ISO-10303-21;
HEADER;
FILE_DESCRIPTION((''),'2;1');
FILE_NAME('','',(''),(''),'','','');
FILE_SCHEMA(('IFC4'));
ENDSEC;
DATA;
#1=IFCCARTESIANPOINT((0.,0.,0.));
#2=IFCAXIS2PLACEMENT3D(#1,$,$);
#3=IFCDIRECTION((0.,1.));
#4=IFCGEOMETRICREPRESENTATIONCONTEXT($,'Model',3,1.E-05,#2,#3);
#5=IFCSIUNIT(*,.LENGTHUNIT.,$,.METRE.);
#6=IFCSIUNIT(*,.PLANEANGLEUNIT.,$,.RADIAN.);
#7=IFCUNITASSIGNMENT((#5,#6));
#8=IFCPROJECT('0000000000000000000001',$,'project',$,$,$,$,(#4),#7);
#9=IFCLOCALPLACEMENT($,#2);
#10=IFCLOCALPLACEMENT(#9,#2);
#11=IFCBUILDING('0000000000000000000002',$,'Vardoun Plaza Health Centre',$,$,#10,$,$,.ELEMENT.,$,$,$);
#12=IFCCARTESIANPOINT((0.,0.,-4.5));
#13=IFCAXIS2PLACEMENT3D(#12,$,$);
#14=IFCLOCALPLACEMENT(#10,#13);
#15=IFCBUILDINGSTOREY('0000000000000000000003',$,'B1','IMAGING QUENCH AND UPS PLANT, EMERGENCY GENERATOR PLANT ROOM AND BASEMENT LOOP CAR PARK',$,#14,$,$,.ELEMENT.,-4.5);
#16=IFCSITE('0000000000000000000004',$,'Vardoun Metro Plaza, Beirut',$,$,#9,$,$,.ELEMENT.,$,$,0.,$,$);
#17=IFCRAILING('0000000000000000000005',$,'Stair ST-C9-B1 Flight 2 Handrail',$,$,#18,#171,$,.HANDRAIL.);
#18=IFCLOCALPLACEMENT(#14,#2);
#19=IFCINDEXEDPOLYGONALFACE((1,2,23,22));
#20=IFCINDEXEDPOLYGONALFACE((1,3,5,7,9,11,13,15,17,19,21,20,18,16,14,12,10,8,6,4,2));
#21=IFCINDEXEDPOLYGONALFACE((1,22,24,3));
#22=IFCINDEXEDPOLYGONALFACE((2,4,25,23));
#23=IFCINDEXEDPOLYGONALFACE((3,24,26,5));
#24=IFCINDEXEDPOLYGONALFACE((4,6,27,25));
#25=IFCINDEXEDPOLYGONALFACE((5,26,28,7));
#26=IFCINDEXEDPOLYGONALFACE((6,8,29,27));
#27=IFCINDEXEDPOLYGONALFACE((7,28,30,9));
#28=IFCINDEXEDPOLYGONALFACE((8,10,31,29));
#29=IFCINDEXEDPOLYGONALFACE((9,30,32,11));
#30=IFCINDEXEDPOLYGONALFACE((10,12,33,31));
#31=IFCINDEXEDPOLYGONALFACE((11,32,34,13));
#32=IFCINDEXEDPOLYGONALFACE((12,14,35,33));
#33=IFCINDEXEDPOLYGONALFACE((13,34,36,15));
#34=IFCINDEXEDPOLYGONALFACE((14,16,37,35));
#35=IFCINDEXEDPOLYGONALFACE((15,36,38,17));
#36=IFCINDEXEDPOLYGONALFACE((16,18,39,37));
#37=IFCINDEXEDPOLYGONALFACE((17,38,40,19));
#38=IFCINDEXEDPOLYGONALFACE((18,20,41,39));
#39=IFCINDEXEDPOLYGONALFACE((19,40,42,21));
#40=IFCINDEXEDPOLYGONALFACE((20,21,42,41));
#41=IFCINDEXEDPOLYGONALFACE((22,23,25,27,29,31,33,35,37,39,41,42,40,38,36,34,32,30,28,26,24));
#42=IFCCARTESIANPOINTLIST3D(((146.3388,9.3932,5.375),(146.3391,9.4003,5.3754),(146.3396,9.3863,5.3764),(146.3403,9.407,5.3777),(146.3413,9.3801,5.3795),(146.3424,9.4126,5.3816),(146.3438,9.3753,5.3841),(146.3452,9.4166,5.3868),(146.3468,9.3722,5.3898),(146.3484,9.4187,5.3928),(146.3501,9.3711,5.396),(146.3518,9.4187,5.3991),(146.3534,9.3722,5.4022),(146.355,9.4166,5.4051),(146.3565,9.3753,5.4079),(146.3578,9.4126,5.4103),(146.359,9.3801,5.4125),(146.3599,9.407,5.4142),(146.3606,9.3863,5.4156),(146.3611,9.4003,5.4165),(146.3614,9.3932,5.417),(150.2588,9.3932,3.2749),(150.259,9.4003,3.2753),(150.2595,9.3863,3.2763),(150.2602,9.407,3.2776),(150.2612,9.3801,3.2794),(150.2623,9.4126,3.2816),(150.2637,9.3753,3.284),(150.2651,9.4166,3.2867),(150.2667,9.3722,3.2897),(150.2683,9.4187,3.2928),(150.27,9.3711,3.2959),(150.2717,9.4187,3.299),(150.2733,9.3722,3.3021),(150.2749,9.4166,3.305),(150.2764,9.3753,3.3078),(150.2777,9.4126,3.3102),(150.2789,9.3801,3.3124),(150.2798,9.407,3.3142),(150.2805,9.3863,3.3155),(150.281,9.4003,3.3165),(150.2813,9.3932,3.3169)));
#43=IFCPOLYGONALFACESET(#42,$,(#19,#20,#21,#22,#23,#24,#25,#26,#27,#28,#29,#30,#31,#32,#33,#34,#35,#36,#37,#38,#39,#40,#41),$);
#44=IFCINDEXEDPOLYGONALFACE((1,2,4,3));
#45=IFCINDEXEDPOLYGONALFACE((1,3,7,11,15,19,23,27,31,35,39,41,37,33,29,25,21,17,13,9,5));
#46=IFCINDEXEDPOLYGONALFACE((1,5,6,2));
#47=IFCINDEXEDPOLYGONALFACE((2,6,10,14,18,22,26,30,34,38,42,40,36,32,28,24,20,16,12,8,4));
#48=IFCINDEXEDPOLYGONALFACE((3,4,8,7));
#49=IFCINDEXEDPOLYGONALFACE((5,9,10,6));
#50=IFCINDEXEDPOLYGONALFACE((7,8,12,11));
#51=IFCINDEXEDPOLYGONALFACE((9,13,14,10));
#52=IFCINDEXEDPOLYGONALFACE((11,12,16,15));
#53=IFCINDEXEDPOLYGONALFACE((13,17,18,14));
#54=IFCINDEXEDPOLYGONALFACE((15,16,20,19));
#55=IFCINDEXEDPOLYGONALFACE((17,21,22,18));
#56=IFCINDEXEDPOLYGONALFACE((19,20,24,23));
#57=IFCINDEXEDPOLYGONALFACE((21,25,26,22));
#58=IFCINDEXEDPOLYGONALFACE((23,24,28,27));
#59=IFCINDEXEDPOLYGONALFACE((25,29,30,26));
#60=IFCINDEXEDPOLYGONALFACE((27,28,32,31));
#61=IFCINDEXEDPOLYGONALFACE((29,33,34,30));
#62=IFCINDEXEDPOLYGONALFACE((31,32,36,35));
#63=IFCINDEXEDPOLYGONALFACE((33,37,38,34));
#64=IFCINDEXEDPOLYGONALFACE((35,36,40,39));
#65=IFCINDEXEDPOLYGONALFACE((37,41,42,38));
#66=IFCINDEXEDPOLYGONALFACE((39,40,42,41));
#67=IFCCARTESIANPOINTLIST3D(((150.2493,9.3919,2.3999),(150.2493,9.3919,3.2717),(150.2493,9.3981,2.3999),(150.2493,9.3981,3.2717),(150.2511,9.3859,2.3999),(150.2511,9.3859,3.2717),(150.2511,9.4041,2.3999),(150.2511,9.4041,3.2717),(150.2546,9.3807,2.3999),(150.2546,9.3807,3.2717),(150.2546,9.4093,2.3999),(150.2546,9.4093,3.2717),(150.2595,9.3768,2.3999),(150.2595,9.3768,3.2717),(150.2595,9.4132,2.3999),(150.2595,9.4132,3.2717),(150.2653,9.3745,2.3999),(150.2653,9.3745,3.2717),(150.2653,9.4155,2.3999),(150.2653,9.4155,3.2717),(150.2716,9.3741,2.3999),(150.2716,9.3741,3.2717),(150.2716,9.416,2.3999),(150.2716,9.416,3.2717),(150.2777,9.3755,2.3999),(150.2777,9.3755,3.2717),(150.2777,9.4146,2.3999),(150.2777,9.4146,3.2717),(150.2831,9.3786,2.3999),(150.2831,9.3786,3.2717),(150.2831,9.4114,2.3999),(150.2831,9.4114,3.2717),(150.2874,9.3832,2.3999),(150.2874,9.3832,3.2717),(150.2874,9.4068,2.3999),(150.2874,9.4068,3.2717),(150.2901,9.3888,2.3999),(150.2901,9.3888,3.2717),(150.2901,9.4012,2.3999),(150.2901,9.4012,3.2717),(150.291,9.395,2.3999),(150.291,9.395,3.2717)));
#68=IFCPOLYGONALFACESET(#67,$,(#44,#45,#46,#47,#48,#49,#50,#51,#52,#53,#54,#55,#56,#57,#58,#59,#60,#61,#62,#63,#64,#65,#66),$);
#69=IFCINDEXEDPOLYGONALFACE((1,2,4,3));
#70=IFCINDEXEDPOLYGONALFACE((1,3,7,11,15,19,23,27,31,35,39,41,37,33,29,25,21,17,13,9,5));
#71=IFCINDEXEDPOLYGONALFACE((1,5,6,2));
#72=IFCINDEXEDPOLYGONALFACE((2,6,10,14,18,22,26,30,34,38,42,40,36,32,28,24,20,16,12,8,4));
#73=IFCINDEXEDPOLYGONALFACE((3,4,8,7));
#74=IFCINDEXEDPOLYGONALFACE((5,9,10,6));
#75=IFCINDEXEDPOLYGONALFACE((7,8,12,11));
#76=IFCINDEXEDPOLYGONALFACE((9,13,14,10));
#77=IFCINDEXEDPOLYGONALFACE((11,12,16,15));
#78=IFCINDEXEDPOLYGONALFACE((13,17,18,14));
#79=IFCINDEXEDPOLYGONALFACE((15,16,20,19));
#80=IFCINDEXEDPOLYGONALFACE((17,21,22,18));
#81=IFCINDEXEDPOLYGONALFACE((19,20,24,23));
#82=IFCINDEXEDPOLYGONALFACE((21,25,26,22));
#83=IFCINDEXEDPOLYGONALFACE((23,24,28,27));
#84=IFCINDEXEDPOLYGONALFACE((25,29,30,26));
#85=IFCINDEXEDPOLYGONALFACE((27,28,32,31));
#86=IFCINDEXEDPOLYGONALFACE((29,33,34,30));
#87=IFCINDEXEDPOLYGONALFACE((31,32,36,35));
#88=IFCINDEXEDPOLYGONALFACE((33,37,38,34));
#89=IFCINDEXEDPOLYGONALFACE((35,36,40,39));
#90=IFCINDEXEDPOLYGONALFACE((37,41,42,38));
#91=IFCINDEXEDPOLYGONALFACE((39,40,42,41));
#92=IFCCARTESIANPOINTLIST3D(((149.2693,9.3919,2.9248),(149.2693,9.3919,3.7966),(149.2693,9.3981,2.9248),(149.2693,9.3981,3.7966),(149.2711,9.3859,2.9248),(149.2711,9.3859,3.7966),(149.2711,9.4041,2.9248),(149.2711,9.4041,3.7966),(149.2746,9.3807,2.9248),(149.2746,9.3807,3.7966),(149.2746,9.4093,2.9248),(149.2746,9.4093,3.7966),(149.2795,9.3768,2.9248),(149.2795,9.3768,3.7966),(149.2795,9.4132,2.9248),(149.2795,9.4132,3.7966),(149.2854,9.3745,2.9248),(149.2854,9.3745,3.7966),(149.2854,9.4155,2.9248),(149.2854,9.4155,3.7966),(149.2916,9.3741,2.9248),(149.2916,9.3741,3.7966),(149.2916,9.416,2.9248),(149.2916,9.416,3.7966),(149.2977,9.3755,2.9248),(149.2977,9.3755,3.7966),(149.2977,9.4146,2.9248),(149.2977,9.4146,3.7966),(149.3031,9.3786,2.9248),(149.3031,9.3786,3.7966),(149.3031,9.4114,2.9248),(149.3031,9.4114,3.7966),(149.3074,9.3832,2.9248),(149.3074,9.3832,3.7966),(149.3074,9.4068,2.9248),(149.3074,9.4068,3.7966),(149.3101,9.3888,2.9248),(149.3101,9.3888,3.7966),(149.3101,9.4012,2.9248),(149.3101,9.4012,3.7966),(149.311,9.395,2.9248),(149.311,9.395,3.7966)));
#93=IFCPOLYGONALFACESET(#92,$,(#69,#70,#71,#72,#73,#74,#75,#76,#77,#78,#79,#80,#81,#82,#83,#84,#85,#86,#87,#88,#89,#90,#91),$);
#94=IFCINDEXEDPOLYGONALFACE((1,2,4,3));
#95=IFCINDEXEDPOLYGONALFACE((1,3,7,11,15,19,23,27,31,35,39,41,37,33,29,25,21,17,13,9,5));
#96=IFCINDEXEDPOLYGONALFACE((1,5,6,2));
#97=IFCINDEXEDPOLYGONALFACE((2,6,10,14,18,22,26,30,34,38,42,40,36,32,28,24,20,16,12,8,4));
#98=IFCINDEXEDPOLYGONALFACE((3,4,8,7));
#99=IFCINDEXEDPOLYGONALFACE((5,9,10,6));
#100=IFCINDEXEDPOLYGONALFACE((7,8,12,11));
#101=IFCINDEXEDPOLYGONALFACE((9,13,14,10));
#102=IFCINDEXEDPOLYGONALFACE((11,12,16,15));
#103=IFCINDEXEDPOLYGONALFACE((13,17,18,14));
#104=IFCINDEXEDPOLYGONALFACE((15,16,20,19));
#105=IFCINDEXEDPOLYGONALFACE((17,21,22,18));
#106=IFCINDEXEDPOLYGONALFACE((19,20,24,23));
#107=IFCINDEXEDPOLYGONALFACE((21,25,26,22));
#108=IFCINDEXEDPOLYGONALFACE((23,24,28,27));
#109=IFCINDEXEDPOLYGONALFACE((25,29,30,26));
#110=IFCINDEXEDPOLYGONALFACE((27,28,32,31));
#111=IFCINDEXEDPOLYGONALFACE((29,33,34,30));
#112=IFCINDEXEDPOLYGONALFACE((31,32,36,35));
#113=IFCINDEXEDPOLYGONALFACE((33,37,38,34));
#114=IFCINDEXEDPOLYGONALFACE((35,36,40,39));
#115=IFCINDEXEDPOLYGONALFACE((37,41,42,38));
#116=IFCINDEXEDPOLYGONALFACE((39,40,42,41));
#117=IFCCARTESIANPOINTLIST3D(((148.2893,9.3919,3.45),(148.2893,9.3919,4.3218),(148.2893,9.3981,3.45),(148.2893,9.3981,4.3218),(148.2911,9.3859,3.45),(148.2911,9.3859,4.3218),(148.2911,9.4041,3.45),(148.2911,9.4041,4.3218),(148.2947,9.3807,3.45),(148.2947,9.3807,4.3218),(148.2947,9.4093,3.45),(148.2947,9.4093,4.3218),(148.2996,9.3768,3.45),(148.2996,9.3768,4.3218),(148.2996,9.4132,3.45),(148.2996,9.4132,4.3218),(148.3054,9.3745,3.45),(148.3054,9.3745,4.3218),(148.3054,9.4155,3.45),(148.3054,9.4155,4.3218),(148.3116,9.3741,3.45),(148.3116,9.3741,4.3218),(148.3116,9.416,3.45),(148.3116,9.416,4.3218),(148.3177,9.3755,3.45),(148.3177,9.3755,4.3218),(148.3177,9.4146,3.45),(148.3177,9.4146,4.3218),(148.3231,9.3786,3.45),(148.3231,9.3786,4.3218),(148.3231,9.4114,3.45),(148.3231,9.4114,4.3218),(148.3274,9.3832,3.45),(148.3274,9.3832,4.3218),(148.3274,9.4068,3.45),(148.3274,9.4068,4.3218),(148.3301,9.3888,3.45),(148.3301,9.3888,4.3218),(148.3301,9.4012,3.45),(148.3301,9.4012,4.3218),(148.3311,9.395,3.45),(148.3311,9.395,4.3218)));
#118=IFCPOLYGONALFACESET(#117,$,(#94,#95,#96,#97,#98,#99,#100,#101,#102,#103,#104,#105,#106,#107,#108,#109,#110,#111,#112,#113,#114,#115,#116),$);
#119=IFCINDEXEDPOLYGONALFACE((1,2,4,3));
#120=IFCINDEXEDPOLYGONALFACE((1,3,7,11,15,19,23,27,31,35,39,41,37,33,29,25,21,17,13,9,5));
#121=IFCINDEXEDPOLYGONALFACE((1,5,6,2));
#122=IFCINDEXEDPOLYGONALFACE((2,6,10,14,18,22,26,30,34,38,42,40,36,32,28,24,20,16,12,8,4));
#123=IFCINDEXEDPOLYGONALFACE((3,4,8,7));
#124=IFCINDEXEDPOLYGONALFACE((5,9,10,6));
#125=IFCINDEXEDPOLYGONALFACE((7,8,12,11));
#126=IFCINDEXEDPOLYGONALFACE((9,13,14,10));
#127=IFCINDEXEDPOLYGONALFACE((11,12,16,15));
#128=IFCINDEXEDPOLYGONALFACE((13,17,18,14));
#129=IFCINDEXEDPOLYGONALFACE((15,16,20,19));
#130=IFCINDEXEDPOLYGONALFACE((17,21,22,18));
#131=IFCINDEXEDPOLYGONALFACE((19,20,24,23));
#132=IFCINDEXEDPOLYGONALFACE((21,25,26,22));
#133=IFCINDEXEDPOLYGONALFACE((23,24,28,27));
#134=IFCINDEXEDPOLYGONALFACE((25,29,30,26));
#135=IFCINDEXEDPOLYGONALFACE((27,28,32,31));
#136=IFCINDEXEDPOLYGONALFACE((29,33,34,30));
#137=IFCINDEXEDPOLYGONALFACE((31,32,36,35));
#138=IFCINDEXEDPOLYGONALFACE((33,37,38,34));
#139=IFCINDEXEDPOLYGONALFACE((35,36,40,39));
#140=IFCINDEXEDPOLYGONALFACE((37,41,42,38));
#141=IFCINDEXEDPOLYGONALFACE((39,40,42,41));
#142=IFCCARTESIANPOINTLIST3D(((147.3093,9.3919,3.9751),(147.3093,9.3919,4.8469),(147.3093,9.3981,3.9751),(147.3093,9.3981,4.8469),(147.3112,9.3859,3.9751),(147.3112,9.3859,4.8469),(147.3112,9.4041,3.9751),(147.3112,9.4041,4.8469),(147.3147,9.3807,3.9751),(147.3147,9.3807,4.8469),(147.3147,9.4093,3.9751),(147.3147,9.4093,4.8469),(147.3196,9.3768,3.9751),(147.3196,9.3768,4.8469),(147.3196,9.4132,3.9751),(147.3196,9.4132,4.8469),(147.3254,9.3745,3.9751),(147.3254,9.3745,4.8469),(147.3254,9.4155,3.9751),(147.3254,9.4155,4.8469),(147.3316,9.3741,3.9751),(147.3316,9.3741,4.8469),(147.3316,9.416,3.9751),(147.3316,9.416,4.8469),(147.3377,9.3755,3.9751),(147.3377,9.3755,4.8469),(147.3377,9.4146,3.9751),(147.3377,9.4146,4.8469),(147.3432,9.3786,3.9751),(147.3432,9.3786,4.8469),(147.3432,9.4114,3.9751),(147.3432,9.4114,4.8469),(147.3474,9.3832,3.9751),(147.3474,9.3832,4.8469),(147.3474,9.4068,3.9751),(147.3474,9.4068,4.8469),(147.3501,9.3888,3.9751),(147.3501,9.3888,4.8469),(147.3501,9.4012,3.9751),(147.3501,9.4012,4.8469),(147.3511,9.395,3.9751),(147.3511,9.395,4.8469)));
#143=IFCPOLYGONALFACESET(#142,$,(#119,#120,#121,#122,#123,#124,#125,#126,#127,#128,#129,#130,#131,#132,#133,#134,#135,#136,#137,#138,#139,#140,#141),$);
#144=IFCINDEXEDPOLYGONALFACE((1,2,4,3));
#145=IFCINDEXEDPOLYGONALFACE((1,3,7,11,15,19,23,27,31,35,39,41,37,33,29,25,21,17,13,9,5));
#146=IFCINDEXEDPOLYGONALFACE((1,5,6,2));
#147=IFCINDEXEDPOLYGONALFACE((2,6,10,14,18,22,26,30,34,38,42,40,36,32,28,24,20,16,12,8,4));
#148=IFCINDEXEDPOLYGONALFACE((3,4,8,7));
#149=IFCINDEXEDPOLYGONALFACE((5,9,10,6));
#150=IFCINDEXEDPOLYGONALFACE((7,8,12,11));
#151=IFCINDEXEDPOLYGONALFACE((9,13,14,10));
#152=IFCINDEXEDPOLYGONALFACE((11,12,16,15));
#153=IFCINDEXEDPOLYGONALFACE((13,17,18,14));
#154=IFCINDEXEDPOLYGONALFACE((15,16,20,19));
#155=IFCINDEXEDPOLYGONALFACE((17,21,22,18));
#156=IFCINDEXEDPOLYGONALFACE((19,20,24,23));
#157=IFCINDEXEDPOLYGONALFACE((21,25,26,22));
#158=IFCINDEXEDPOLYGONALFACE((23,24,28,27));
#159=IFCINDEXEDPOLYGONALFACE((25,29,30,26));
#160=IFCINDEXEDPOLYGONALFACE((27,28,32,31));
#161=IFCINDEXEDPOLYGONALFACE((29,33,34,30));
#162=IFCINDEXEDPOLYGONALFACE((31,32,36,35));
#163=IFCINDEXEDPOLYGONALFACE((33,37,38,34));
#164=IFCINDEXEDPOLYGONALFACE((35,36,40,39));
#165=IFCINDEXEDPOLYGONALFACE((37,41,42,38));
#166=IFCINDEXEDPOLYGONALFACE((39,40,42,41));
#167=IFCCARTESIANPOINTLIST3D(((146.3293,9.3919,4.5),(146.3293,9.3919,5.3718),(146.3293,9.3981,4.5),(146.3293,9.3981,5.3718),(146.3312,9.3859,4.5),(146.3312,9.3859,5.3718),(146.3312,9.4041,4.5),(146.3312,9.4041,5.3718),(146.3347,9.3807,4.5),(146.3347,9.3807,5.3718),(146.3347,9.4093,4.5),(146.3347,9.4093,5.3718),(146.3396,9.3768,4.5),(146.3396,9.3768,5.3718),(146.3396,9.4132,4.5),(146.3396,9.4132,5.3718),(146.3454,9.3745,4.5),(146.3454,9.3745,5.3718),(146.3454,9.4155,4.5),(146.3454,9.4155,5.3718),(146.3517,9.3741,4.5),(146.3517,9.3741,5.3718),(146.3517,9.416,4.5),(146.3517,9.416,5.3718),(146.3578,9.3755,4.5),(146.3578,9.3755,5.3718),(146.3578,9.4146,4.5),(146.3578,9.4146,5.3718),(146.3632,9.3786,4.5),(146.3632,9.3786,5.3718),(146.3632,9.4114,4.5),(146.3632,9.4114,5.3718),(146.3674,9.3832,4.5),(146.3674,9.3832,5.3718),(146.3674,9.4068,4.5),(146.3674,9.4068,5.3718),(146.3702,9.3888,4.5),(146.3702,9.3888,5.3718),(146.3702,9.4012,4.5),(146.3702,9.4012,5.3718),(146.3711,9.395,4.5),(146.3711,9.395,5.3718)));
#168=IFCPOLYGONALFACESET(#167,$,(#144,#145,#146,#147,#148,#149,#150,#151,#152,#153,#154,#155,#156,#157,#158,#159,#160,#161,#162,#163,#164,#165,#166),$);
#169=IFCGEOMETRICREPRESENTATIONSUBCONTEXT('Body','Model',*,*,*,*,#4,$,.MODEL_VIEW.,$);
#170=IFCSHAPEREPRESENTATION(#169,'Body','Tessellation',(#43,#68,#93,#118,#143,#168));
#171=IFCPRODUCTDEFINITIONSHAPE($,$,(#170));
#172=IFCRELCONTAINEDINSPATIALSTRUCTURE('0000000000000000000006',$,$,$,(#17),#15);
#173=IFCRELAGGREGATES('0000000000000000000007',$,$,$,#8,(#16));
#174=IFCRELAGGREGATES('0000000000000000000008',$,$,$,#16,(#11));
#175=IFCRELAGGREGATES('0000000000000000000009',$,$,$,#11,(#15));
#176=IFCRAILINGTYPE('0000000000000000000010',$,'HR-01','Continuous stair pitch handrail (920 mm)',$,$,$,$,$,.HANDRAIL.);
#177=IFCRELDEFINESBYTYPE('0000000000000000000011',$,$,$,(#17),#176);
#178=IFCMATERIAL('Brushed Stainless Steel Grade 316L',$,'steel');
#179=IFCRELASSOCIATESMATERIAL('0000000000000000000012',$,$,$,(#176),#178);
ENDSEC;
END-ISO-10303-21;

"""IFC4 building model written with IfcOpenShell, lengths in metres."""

from ifc_helpers import new_model, si_unit, direction, frame, origin, origin_2d, place, context, subcontext, project, spatial, circle, extrude, material, type_object, element, save


model = new_model("IFC4")

# Units and contexts
model_context = context("Model", 3, precision=1e-05, world=origin(), true_north=direction((0.0, 1.0)))
body_context = subcontext(model_context, "Body", "Model", "MODEL_VIEW")
ifc_project = project(units=[si_unit("LENGTHUNIT", "METRE"), si_unit("PLANEANGLEUNIT", "RADIAN")], contexts=[model_context])

# Site, building, storey
site_placement = place(None, origin())
site = spatial("IfcSite", under=ifc_project, at=site_placement, Name="Vardoun Metro Plaza, Beirut", CompositionType="ELEMENT", RefElevation=0.0)
building_placement = place(site_placement, origin())
building = spatial("IfcBuilding", under=site, at=building_placement, Name="Vardoun Plaza Health Centre", CompositionType="ELEMENT")
storey_placement = place(building_placement, frame((0.0, 0.0, -4.5)))
storey = spatial("IfcBuildingStorey", under=building, at=storey_placement, Name="B1", Description="IMAGING QUENCH AND UPS PLANT, EMERGENCY GENERATOR PLANT ROOM AND BASEMENT LOOP CAR PARK", CompositionType="ELEMENT", Elevation=-4.5)

# Railing
ifc_material_1 = material(Name="Brushed Stainless Steel Grade 316L", Category="steel")
railing_type_1 = type_object("IfcRailingType", Name="HR-01", Description="Continuous stair pitch handrail (920 mm)", PredefinedType="HANDRAIL", material=ifc_material_1)
railing_1_placement = place(storey_placement, frame((150.27, 9.395, 2.3999)))
element("IfcRailing", 1, at=railing_1_placement, inside=storey, type_object=railing_type_1, Name="Stair ST-C9-B1 Flight 2 Handrail", PredefinedType="HANDRAIL", context=body_context, shape_type="SweptSolid", body=[
    extrude(circle(Radius=0.0239, at=origin_2d()), frame((0.0, 0.0, 0.896), z_axis=(-0.881467, 0.0, 0.472246), x_axis=(0.0, -1.0, 0.0)), (0.0, 0.0, 1.0), 4.447),
    extrude(circle(Radius=0.021, at=origin_2d()), origin(), (0.0, 0.0, 1.0), 0.8718),
    extrude(circle(Radius=0.021, at=origin_2d()), frame((-0.98, 0.0, 0.5249)), (0.0, 0.0, 1.0), 0.8718),
    extrude(circle(Radius=0.021, at=origin_2d()), frame((-1.96, 0.0, 1.05)), (0.0, 0.0, 1.0), 0.8718),
    extrude(circle(Radius=0.021, at=origin_2d()), frame((-2.9399, 0.0, 1.5752)), (0.0, 0.0, 1.0), 0.8718),
    extrude(circle(Radius=0.021, at=origin_2d()), frame((-3.9199, 0.0, 2.1001)), (0.0, 0.0, 1.0), 0.8718),
])

save(model, "model.ifc")
